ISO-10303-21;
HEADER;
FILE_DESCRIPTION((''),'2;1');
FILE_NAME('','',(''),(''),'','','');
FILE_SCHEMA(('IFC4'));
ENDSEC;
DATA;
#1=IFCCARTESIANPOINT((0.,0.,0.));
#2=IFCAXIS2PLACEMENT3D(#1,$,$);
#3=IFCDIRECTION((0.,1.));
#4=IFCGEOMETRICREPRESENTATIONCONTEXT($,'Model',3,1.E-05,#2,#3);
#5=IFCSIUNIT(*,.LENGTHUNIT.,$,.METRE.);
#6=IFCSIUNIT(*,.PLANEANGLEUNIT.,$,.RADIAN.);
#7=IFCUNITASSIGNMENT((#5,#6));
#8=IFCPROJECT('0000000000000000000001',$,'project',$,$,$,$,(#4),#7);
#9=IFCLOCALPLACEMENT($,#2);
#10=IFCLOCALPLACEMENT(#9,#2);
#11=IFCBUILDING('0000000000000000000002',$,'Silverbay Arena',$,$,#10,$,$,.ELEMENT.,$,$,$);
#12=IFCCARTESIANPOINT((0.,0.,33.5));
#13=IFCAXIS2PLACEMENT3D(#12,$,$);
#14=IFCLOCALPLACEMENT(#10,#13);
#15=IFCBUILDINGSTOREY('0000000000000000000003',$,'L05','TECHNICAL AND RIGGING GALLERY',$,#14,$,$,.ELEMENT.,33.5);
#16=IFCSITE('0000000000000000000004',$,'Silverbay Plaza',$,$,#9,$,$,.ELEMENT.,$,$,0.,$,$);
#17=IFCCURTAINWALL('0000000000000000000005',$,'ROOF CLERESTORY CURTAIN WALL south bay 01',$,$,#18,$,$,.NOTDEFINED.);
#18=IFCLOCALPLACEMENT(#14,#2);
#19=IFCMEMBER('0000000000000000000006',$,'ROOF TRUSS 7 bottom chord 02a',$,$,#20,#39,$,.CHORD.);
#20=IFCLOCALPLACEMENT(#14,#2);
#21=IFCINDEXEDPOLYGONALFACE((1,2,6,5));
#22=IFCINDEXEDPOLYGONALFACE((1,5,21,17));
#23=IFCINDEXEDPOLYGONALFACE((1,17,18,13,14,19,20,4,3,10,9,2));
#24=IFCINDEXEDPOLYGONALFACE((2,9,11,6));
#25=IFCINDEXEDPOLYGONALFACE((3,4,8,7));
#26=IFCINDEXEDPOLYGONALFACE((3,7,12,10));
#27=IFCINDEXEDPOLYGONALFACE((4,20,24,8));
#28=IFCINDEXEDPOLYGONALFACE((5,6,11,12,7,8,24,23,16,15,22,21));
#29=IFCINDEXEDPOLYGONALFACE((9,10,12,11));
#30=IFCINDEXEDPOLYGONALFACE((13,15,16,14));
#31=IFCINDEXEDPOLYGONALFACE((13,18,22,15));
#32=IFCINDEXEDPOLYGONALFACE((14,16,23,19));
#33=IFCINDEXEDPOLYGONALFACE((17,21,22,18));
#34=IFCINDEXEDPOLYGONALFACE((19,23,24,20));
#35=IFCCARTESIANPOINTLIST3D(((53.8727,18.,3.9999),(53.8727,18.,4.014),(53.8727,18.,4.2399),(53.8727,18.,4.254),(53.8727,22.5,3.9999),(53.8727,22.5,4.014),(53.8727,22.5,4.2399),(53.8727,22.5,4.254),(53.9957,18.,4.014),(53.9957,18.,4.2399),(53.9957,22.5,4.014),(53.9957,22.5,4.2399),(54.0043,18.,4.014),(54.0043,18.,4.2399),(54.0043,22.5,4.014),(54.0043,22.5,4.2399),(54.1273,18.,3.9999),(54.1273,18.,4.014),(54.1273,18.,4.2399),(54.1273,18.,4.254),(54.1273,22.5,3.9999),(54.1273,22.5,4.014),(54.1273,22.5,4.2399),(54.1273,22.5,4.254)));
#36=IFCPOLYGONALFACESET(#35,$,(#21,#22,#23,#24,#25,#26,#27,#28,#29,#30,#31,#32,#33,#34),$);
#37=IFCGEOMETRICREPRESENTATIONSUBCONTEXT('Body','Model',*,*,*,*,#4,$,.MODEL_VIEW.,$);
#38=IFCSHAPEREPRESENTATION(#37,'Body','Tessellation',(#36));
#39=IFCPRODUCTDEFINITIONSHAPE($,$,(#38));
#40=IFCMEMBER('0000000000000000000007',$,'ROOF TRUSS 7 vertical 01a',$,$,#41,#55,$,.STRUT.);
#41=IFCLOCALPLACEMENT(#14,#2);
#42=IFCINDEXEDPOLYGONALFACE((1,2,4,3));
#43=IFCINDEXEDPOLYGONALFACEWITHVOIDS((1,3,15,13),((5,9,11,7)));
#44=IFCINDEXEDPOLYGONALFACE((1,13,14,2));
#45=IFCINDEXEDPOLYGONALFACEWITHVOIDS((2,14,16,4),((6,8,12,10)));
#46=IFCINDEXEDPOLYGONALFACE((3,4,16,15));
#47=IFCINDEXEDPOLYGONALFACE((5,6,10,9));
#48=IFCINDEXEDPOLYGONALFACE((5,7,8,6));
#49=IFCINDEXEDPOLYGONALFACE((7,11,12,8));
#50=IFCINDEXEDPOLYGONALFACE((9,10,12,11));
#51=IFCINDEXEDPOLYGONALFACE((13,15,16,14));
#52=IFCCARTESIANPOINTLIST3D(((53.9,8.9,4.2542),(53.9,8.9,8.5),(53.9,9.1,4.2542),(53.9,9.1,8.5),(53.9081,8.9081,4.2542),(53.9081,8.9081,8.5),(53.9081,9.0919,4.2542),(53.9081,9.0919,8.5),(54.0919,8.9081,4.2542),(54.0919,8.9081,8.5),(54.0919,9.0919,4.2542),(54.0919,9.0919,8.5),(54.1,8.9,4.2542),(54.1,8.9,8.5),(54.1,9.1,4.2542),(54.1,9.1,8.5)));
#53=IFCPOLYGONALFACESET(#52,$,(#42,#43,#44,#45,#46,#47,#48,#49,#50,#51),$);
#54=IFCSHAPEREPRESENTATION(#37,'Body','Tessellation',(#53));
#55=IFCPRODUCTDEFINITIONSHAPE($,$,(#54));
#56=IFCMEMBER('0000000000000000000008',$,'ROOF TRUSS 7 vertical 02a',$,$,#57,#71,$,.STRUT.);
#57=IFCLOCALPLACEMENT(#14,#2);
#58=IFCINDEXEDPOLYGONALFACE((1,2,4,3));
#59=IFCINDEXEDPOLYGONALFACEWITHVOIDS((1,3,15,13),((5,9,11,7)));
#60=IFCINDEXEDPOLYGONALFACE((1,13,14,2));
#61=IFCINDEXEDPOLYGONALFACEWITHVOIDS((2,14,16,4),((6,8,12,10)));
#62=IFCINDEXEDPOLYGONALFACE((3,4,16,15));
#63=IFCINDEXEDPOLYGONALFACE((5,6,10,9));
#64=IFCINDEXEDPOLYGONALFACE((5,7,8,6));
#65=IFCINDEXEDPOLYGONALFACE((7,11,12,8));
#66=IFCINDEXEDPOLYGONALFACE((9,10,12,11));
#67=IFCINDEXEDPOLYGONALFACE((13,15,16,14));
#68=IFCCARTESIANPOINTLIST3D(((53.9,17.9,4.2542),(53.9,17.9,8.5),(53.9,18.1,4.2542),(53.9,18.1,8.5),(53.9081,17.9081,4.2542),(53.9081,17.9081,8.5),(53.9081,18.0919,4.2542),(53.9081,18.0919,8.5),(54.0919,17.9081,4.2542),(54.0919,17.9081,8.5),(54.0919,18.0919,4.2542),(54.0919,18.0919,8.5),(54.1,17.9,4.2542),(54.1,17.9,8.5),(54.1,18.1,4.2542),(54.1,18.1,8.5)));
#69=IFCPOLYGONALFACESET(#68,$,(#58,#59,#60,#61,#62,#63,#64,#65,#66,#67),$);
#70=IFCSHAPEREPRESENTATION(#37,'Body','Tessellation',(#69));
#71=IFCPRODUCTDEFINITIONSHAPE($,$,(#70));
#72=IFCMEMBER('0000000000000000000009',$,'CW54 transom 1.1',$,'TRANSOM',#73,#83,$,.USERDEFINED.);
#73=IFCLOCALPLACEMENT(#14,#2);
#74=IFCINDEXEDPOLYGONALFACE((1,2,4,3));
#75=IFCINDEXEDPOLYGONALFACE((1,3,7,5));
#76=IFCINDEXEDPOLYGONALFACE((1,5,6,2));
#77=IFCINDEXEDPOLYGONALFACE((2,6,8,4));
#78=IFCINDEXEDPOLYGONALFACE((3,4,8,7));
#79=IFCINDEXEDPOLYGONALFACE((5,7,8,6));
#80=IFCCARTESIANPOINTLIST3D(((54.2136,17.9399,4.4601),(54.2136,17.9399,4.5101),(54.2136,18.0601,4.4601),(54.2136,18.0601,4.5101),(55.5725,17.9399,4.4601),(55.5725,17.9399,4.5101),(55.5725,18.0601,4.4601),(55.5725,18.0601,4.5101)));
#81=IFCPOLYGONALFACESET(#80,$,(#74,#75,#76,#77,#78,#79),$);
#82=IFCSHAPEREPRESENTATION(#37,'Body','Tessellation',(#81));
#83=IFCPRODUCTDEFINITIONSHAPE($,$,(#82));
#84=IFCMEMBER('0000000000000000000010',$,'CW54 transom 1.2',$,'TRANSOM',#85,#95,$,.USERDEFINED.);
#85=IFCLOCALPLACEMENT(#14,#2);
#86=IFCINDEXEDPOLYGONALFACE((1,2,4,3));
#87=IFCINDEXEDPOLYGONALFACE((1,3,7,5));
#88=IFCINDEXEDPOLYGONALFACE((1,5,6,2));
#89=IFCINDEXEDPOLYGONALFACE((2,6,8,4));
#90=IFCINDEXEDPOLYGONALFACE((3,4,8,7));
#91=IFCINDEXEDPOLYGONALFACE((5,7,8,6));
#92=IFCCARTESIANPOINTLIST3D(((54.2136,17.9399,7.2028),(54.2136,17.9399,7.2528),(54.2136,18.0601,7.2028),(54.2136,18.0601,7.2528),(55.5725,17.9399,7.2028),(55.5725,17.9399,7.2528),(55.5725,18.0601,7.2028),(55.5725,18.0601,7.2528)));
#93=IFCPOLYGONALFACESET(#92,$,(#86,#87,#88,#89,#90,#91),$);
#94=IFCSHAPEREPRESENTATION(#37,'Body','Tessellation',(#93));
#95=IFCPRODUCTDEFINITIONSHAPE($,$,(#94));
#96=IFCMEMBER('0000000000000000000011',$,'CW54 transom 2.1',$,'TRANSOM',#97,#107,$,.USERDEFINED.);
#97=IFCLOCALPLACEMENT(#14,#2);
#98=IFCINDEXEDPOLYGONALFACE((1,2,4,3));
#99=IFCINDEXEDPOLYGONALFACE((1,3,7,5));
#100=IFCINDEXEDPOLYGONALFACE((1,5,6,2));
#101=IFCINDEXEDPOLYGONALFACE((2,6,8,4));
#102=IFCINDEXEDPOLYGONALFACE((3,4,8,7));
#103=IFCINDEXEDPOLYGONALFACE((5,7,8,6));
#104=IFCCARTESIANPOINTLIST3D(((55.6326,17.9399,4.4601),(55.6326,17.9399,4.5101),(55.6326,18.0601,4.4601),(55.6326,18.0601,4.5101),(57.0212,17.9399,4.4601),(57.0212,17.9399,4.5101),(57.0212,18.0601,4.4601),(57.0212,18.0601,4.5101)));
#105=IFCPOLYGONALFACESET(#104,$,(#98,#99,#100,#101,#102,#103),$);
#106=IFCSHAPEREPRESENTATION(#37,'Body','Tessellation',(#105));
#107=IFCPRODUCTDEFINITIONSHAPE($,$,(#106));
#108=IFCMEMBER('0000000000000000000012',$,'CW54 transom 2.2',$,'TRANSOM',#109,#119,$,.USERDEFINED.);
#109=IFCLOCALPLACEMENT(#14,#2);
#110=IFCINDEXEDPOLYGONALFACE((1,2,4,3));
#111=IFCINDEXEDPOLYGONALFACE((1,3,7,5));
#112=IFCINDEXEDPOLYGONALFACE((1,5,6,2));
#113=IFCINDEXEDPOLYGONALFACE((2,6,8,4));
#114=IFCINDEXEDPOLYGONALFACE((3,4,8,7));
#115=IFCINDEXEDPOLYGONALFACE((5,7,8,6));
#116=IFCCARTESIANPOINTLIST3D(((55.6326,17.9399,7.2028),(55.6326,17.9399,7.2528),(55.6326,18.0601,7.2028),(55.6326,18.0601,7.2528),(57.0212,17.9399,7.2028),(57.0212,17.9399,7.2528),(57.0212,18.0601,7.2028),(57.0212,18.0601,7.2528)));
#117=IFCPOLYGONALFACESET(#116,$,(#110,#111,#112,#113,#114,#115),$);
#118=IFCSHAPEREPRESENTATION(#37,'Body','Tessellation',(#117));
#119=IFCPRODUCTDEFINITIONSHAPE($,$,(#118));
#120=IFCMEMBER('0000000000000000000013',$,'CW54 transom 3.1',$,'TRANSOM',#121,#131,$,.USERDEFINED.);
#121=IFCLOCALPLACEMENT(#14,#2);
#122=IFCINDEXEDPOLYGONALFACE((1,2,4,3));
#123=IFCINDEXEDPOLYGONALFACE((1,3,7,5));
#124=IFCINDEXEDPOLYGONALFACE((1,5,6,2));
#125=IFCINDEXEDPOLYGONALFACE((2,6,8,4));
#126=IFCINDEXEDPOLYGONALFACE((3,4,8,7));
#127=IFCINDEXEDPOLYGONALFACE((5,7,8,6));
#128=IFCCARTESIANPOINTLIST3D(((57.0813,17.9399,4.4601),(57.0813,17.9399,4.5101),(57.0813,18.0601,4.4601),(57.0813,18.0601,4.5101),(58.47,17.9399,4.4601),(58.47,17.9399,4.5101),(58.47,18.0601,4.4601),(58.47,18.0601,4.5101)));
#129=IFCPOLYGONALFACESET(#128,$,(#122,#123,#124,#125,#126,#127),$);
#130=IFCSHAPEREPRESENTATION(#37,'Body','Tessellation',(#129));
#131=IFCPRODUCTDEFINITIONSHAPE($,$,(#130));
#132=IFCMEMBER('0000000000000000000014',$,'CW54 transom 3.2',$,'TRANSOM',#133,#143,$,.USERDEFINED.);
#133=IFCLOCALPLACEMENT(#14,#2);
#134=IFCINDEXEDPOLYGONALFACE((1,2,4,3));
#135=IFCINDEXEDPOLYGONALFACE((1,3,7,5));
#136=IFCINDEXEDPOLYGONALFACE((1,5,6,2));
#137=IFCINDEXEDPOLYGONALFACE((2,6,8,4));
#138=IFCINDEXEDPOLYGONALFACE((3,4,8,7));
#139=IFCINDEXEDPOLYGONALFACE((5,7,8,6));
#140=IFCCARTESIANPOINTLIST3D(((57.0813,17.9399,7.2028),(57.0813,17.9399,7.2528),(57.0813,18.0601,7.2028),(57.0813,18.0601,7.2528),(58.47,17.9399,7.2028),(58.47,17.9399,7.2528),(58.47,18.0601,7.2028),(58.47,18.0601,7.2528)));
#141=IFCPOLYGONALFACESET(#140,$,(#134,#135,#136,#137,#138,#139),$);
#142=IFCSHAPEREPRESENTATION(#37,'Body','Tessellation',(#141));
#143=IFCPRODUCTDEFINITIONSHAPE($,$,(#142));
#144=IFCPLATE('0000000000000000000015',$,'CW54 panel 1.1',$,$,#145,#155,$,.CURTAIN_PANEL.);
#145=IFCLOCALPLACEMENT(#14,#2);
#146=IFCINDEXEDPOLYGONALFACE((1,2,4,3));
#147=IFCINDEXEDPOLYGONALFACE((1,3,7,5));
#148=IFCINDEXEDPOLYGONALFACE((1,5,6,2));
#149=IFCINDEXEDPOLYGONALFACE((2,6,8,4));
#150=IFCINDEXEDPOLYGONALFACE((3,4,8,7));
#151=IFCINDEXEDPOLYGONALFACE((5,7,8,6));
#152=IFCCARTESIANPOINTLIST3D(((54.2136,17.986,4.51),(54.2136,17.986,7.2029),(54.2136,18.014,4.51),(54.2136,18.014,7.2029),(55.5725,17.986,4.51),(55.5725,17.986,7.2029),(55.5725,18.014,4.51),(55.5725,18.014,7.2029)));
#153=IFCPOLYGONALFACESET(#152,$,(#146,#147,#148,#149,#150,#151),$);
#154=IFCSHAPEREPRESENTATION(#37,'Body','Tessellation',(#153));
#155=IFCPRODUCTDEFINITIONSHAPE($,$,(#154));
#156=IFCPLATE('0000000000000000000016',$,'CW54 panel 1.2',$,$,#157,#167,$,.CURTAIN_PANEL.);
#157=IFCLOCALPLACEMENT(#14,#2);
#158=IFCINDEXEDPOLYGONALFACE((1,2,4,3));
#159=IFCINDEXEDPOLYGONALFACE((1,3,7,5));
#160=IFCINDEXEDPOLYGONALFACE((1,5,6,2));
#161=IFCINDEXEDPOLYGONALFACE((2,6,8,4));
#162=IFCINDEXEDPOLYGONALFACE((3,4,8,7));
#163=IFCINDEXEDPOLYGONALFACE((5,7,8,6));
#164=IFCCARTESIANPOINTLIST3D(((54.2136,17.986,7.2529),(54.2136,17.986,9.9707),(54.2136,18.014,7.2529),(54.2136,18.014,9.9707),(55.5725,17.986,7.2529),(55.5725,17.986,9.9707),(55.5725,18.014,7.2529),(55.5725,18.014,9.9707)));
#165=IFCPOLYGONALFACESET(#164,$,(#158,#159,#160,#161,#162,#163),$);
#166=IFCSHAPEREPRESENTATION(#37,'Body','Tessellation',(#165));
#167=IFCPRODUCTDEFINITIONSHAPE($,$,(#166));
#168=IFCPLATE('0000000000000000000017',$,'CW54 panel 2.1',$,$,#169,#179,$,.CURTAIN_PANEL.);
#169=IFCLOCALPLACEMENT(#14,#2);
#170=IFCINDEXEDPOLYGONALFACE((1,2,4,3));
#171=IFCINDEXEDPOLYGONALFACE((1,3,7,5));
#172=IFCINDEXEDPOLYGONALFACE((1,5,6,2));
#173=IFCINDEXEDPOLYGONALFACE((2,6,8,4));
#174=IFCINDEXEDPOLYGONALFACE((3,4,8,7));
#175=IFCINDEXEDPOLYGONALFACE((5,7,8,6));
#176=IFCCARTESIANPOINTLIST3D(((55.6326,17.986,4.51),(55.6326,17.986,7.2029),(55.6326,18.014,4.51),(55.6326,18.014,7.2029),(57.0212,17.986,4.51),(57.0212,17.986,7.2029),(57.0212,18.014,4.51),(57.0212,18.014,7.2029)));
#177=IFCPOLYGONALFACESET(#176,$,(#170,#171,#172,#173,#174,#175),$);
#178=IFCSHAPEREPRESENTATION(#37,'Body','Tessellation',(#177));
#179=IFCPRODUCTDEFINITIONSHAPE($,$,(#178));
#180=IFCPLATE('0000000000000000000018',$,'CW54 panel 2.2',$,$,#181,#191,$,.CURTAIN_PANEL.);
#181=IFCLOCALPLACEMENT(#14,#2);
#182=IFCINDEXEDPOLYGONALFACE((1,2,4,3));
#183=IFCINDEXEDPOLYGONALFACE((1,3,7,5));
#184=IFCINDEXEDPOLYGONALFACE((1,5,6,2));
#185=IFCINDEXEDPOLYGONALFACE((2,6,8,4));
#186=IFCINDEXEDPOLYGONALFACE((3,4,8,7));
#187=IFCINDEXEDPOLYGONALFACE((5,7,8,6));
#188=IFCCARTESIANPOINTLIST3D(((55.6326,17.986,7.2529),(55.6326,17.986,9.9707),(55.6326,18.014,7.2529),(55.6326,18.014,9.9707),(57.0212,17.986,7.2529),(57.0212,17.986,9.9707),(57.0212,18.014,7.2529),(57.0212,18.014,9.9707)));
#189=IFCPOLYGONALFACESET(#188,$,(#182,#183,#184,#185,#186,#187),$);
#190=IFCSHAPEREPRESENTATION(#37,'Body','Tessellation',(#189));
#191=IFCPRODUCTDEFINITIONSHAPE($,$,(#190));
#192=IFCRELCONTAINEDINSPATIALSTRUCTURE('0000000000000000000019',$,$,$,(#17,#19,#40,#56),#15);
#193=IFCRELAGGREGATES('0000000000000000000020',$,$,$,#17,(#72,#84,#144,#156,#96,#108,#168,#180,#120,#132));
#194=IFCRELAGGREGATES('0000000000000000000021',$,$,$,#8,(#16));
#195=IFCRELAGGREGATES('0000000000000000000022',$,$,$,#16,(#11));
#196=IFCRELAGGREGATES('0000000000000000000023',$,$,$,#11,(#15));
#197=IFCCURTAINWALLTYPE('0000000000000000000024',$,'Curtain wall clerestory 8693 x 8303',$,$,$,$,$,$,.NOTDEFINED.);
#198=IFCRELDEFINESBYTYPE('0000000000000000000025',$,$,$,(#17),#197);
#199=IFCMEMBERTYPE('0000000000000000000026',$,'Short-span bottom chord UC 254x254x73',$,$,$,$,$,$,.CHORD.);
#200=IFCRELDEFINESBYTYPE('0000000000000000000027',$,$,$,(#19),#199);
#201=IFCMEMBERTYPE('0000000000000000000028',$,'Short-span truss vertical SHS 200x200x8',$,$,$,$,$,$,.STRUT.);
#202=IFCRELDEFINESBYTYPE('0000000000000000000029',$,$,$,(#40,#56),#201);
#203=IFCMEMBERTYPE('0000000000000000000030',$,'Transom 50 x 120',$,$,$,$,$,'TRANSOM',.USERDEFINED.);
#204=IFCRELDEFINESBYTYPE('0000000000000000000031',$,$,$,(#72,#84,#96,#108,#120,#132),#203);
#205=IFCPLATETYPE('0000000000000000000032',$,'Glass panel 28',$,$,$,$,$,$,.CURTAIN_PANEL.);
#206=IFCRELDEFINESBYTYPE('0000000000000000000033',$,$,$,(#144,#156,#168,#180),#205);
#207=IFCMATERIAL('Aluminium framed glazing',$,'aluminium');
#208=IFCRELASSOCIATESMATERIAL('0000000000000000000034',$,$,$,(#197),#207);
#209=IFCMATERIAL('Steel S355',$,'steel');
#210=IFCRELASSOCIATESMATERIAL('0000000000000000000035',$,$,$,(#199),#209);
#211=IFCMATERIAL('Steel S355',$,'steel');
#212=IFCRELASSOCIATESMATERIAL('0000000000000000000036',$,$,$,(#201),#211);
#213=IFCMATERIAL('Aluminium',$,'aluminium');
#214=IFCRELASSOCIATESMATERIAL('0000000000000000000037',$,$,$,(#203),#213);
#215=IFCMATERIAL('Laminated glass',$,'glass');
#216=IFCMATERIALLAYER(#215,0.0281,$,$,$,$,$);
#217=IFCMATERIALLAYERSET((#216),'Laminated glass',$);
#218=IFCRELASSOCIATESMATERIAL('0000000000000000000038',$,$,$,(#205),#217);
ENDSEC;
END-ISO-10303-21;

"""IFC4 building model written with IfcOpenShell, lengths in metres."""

from ifc_helpers import new_model, si_unit, direction, frame, origin, origin_2d, place, context, subcontext, project, spatial, rectangle, hollow_rectangle, i_section, extrude, material, layer, layer_set, material_profile, profile_set, type_object, element, aggregate, save


model = new_model("IFC4")

# Units and contexts
model_context = context("Model", 3, precision=1e-05, world=origin(), true_north=direction((0.0, 1.0)))
body_context = subcontext(model_context, "Body", "Model", "MODEL_VIEW")
ifc_project = project(units=[si_unit("LENGTHUNIT", "METRE"), si_unit("PLANEANGLEUNIT", "RADIAN")], contexts=[model_context])

# Site, building, storey
site_placement = place(None, origin())
site = spatial("IfcSite", under=ifc_project, at=site_placement, Name="Silverbay Plaza", CompositionType="ELEMENT", RefElevation=0.0)
building_placement = place(site_placement, origin())
building = spatial("IfcBuilding", under=site, at=building_placement, Name="Silverbay Arena", CompositionType="ELEMENT")
storey_placement = place(building_placement, frame((0.0, 0.0, 33.5)))
storey = spatial("IfcBuildingStorey", under=building, at=storey_placement, Name="L05", Description="TECHNICAL AND RIGGING GALLERY", CompositionType="ELEMENT", Elevation=33.5)

# Curtain wall
ifc_material_1 = material(Name="Aluminium framed glazing", Category="aluminium")
curtain_wall_type_1 = type_object("IfcCurtainWallType", Name="Curtain wall clerestory 8693 x 8303", PredefinedType="NOTDEFINED", material=ifc_material_1)
curtain_wall_1_placement = place(storey_placement, origin())
curtain_wall_1 = element("IfcCurtainWall", 1, at=curtain_wall_1_placement, inside=storey, type_object=curtain_wall_type_1, Name="ROOF CLERESTORY CURTAIN WALL south bay 01", PredefinedType="NOTDEFINED")

# Members
ifc_material_2 = material(Name="Steel S355", Category="steel")
ifc_material_profile_1 = material_profile(ifc_material_2, i_section(OverallWidth=0.2546, OverallDepth=0.2542, WebThickness=0.0085, FlangeThickness=0.0142, at=origin_2d()), Name="UC 254x254x73")
ifc_profile_set_1 = profile_set([ifc_material_profile_1], Name="Steel S355")
member_type_1 = type_object("IfcMemberType", Name="Short-span bottom chord UC 254x254x73", PredefinedType="CHORD", material=ifc_profile_set_1)
for number, where, z_axis, x_axis, name in (
    (2, (54.0, 18.0, 4.127), (0.0, 1.0, 0.0), (-1.0, 0.0, 0.0), "ROOF TRUSS 7 bottom chord 02a"),
):
    element("IfcMember", number, at=place(storey_placement, frame(where, z_axis=z_axis, x_axis=x_axis)), inside=storey, type_object=member_type_1, Name=name, PredefinedType="CHORD", context=body_context, shape_type="SweptSolid", body=[
        extrude(i_section(OverallWidth=0.2546, OverallDepth=0.2542, WebThickness=0.0085, FlangeThickness=0.0142, at=origin_2d()), origin(), (0.0, 0.0, 1.0), 4.5),
    ])
ifc_material_3 = material(Name="Steel S355", Category="steel")
ifc_material_profile_2 = material_profile(ifc_material_3, hollow_rectangle(XDim=0.2, YDim=0.2, WallThickness=0.0081, at=origin_2d()), Name="SHS 200x200x8")
ifc_profile_set_2 = profile_set([ifc_material_profile_2], Name="Steel S355")
member_type_2 = type_object("IfcMemberType", Name="Short-span truss vertical SHS 200x200x8", PredefinedType="STRUT", material=ifc_profile_set_2)
for number, where, z_axis, x_axis, name in (
    (3, (54.0, 9.0, 4.2542), (0.0, 0.0, 1.0), (1.0, 0.0, 0.0), "ROOF TRUSS 7 vertical 01a"),
    (4, (54.0, 18.0, 4.2542), (0.0, 0.0, 1.0), (1.0, 0.0, 0.0), "ROOF TRUSS 7 vertical 02a"),
):
    element("IfcMember", number, at=place(storey_placement, frame(where, z_axis=z_axis, x_axis=x_axis)), inside=storey, type_object=member_type_2, Name=name, PredefinedType="STRUT", context=body_context, shape_type="SweptSolid", body=[
        extrude(hollow_rectangle(XDim=0.2, YDim=0.2, WallThickness=0.0081, at=origin_2d()), origin(), (0.0, 0.0, 1.0), 4.2458),
    ])

# Members
ifc_material_4 = material(Name="Aluminium", Category="aluminium")
ifc_material_profile_3 = material_profile(ifc_material_4, rectangle(XDim=0.1201, YDim=0.05, at=origin_2d()), Name="Transom 50 x 120")
ifc_profile_set_3 = profile_set([ifc_material_profile_3], Name="Aluminium")
member_type_3 = type_object("IfcMemberType", Name="Transom 50 x 120", ElementType="TRANSOM", PredefinedType="USERDEFINED", material=ifc_profile_set_3)
member_1_placement = place(storey_placement, frame((54.2136, 18.0, 4.4851), z_axis=(1.0, 0.0, 0.0), x_axis=(0.0, 1.0, 0.0)))
member_1 = element("IfcMember", 5, at=member_1_placement, type_object=member_type_3, Name="CW54 transom 1.1", ObjectType="TRANSOM", PredefinedType="USERDEFINED", context=body_context, shape_type="SweptSolid", body=[
    extrude(rectangle(XDim=0.1201, YDim=0.05, at=origin_2d()), origin(), (0.0, 0.0, 1.0), 1.3589),
])
member_2_placement = place(storey_placement, frame((54.2136, 18.0, 7.2278), z_axis=(1.0, 0.0, 0.0), x_axis=(0.0, 1.0, 0.0)))
member_2 = element("IfcMember", 6, at=member_2_placement, type_object=member_type_3, Name="CW54 transom 1.2", ObjectType="TRANSOM", PredefinedType="USERDEFINED", context=body_context, shape_type="SweptSolid", body=[
    extrude(rectangle(XDim=0.1201, YDim=0.05, at=origin_2d()), origin(), (0.0, 0.0, 1.0), 1.3589),
])
member_3_placement = place(storey_placement, frame((55.6326, 18.0, 4.4851), z_axis=(1.0, 0.0, 0.0), x_axis=(0.0, 1.0, 0.0)))
member_3 = element("IfcMember", 7, at=member_3_placement, type_object=member_type_3, Name="CW54 transom 2.1", ObjectType="TRANSOM", PredefinedType="USERDEFINED", context=body_context, shape_type="SweptSolid", body=[
    extrude(rectangle(XDim=0.1201, YDim=0.05, at=origin_2d()), origin(), (0.0, 0.0, 1.0), 1.3887),
])
member_4_placement = place(storey_placement, frame((55.6326, 18.0, 7.2278), z_axis=(1.0, 0.0, 0.0), x_axis=(0.0, 1.0, 0.0)))
member_4 = element("IfcMember", 8, at=member_4_placement, type_object=member_type_3, Name="CW54 transom 2.2", ObjectType="TRANSOM", PredefinedType="USERDEFINED", context=body_context, shape_type="SweptSolid", body=[
    extrude(rectangle(XDim=0.1201, YDim=0.05, at=origin_2d()), origin(), (0.0, 0.0, 1.0), 1.3887),
])
member_5_placement = place(storey_placement, frame((57.0813, 18.0, 4.4851), z_axis=(1.0, 0.0, 0.0), x_axis=(0.0, 1.0, 0.0)))
member_5 = element("IfcMember", 9, at=member_5_placement, type_object=member_type_3, Name="CW54 transom 3.1", ObjectType="TRANSOM", PredefinedType="USERDEFINED", context=body_context, shape_type="SweptSolid", body=[
    extrude(rectangle(XDim=0.1201, YDim=0.05, at=origin_2d()), origin(), (0.0, 0.0, 1.0), 1.3887),
])
member_6_placement = place(storey_placement, frame((57.0813, 18.0, 7.2278), z_axis=(1.0, 0.0, 0.0), x_axis=(0.0, 1.0, 0.0)))
member_6 = element("IfcMember", 10, at=member_6_placement, type_object=member_type_3, Name="CW54 transom 3.2", ObjectType="TRANSOM", PredefinedType="USERDEFINED", context=body_context, shape_type="SweptSolid", body=[
    extrude(rectangle(XDim=0.1201, YDim=0.05, at=origin_2d()), origin(), (0.0, 0.0, 1.0), 1.3887),
])

# Plates
ifc_material_5 = material(Name="Laminated glass", Category="glass")
ifc_layer = layer(ifc_material_5, 0.0281)
ifc_layer_set = layer_set([ifc_layer], Name="Laminated glass")
plate_type = type_object("IfcPlateType", Name="Glass panel 28", PredefinedType="CURTAIN_PANEL", material=ifc_layer_set)
plate_1_placement = place(storey_placement, frame((54.8931, 18.0, 4.51), z_axis=(0.0, 0.0, 1.0), x_axis=(1.0, 0.0, 0.0)))
plate_1 = element("IfcPlate", 11, at=plate_1_placement, type_object=plate_type, Name="CW54 panel 1.1", PredefinedType="CURTAIN_PANEL", context=body_context, shape_type="SweptSolid", body=[
    extrude(rectangle(XDim=1.3589, YDim=0.0281, at=origin_2d()), origin(), (0.0, 0.0, 1.0), 2.6929),
])
plate_2_placement = place(storey_placement, frame((54.8931, 18.0, 7.2529), z_axis=(0.0, 0.0, 1.0), x_axis=(1.0, 0.0, 0.0)))
plate_2 = element("IfcPlate", 12, at=plate_2_placement, type_object=plate_type, Name="CW54 panel 1.2", PredefinedType="CURTAIN_PANEL", context=body_context, shape_type="SweptSolid", body=[
    extrude(rectangle(XDim=1.3589, YDim=0.0281, at=origin_2d()), origin(), (0.0, 0.0, 1.0), 2.7178),
])
plate_3_placement = place(storey_placement, frame((56.3269, 18.0, 4.51), z_axis=(0.0, 0.0, 1.0), x_axis=(1.0, 0.0, 0.0)))
plate_3 = element("IfcPlate", 13, at=plate_3_placement, type_object=plate_type, Name="CW54 panel 2.1", PredefinedType="CURTAIN_PANEL", context=body_context, shape_type="SweptSolid", body=[
    extrude(rectangle(XDim=1.3887, YDim=0.0281, at=origin_2d()), origin(), (0.0, 0.0, 1.0), 2.6929),
])
plate_4_placement = place(storey_placement, frame((56.3269, 18.0, 7.2529), z_axis=(0.0, 0.0, 1.0), x_axis=(1.0, 0.0, 0.0)))
plate_4 = element("IfcPlate", 14, at=plate_4_placement, type_object=plate_type, Name="CW54 panel 2.2", PredefinedType="CURTAIN_PANEL", context=body_context, shape_type="SweptSolid", body=[
    extrude(rectangle(XDim=1.3887, YDim=0.0281, at=origin_2d()), origin(), (0.0, 0.0, 1.0), 2.7178),
])
aggregate(curtain_wall_1, [member_1, member_2, plate_1, plate_2, member_3, member_4, plate_3, plate_4, member_5, member_6])

save(model, "model.ifc")
